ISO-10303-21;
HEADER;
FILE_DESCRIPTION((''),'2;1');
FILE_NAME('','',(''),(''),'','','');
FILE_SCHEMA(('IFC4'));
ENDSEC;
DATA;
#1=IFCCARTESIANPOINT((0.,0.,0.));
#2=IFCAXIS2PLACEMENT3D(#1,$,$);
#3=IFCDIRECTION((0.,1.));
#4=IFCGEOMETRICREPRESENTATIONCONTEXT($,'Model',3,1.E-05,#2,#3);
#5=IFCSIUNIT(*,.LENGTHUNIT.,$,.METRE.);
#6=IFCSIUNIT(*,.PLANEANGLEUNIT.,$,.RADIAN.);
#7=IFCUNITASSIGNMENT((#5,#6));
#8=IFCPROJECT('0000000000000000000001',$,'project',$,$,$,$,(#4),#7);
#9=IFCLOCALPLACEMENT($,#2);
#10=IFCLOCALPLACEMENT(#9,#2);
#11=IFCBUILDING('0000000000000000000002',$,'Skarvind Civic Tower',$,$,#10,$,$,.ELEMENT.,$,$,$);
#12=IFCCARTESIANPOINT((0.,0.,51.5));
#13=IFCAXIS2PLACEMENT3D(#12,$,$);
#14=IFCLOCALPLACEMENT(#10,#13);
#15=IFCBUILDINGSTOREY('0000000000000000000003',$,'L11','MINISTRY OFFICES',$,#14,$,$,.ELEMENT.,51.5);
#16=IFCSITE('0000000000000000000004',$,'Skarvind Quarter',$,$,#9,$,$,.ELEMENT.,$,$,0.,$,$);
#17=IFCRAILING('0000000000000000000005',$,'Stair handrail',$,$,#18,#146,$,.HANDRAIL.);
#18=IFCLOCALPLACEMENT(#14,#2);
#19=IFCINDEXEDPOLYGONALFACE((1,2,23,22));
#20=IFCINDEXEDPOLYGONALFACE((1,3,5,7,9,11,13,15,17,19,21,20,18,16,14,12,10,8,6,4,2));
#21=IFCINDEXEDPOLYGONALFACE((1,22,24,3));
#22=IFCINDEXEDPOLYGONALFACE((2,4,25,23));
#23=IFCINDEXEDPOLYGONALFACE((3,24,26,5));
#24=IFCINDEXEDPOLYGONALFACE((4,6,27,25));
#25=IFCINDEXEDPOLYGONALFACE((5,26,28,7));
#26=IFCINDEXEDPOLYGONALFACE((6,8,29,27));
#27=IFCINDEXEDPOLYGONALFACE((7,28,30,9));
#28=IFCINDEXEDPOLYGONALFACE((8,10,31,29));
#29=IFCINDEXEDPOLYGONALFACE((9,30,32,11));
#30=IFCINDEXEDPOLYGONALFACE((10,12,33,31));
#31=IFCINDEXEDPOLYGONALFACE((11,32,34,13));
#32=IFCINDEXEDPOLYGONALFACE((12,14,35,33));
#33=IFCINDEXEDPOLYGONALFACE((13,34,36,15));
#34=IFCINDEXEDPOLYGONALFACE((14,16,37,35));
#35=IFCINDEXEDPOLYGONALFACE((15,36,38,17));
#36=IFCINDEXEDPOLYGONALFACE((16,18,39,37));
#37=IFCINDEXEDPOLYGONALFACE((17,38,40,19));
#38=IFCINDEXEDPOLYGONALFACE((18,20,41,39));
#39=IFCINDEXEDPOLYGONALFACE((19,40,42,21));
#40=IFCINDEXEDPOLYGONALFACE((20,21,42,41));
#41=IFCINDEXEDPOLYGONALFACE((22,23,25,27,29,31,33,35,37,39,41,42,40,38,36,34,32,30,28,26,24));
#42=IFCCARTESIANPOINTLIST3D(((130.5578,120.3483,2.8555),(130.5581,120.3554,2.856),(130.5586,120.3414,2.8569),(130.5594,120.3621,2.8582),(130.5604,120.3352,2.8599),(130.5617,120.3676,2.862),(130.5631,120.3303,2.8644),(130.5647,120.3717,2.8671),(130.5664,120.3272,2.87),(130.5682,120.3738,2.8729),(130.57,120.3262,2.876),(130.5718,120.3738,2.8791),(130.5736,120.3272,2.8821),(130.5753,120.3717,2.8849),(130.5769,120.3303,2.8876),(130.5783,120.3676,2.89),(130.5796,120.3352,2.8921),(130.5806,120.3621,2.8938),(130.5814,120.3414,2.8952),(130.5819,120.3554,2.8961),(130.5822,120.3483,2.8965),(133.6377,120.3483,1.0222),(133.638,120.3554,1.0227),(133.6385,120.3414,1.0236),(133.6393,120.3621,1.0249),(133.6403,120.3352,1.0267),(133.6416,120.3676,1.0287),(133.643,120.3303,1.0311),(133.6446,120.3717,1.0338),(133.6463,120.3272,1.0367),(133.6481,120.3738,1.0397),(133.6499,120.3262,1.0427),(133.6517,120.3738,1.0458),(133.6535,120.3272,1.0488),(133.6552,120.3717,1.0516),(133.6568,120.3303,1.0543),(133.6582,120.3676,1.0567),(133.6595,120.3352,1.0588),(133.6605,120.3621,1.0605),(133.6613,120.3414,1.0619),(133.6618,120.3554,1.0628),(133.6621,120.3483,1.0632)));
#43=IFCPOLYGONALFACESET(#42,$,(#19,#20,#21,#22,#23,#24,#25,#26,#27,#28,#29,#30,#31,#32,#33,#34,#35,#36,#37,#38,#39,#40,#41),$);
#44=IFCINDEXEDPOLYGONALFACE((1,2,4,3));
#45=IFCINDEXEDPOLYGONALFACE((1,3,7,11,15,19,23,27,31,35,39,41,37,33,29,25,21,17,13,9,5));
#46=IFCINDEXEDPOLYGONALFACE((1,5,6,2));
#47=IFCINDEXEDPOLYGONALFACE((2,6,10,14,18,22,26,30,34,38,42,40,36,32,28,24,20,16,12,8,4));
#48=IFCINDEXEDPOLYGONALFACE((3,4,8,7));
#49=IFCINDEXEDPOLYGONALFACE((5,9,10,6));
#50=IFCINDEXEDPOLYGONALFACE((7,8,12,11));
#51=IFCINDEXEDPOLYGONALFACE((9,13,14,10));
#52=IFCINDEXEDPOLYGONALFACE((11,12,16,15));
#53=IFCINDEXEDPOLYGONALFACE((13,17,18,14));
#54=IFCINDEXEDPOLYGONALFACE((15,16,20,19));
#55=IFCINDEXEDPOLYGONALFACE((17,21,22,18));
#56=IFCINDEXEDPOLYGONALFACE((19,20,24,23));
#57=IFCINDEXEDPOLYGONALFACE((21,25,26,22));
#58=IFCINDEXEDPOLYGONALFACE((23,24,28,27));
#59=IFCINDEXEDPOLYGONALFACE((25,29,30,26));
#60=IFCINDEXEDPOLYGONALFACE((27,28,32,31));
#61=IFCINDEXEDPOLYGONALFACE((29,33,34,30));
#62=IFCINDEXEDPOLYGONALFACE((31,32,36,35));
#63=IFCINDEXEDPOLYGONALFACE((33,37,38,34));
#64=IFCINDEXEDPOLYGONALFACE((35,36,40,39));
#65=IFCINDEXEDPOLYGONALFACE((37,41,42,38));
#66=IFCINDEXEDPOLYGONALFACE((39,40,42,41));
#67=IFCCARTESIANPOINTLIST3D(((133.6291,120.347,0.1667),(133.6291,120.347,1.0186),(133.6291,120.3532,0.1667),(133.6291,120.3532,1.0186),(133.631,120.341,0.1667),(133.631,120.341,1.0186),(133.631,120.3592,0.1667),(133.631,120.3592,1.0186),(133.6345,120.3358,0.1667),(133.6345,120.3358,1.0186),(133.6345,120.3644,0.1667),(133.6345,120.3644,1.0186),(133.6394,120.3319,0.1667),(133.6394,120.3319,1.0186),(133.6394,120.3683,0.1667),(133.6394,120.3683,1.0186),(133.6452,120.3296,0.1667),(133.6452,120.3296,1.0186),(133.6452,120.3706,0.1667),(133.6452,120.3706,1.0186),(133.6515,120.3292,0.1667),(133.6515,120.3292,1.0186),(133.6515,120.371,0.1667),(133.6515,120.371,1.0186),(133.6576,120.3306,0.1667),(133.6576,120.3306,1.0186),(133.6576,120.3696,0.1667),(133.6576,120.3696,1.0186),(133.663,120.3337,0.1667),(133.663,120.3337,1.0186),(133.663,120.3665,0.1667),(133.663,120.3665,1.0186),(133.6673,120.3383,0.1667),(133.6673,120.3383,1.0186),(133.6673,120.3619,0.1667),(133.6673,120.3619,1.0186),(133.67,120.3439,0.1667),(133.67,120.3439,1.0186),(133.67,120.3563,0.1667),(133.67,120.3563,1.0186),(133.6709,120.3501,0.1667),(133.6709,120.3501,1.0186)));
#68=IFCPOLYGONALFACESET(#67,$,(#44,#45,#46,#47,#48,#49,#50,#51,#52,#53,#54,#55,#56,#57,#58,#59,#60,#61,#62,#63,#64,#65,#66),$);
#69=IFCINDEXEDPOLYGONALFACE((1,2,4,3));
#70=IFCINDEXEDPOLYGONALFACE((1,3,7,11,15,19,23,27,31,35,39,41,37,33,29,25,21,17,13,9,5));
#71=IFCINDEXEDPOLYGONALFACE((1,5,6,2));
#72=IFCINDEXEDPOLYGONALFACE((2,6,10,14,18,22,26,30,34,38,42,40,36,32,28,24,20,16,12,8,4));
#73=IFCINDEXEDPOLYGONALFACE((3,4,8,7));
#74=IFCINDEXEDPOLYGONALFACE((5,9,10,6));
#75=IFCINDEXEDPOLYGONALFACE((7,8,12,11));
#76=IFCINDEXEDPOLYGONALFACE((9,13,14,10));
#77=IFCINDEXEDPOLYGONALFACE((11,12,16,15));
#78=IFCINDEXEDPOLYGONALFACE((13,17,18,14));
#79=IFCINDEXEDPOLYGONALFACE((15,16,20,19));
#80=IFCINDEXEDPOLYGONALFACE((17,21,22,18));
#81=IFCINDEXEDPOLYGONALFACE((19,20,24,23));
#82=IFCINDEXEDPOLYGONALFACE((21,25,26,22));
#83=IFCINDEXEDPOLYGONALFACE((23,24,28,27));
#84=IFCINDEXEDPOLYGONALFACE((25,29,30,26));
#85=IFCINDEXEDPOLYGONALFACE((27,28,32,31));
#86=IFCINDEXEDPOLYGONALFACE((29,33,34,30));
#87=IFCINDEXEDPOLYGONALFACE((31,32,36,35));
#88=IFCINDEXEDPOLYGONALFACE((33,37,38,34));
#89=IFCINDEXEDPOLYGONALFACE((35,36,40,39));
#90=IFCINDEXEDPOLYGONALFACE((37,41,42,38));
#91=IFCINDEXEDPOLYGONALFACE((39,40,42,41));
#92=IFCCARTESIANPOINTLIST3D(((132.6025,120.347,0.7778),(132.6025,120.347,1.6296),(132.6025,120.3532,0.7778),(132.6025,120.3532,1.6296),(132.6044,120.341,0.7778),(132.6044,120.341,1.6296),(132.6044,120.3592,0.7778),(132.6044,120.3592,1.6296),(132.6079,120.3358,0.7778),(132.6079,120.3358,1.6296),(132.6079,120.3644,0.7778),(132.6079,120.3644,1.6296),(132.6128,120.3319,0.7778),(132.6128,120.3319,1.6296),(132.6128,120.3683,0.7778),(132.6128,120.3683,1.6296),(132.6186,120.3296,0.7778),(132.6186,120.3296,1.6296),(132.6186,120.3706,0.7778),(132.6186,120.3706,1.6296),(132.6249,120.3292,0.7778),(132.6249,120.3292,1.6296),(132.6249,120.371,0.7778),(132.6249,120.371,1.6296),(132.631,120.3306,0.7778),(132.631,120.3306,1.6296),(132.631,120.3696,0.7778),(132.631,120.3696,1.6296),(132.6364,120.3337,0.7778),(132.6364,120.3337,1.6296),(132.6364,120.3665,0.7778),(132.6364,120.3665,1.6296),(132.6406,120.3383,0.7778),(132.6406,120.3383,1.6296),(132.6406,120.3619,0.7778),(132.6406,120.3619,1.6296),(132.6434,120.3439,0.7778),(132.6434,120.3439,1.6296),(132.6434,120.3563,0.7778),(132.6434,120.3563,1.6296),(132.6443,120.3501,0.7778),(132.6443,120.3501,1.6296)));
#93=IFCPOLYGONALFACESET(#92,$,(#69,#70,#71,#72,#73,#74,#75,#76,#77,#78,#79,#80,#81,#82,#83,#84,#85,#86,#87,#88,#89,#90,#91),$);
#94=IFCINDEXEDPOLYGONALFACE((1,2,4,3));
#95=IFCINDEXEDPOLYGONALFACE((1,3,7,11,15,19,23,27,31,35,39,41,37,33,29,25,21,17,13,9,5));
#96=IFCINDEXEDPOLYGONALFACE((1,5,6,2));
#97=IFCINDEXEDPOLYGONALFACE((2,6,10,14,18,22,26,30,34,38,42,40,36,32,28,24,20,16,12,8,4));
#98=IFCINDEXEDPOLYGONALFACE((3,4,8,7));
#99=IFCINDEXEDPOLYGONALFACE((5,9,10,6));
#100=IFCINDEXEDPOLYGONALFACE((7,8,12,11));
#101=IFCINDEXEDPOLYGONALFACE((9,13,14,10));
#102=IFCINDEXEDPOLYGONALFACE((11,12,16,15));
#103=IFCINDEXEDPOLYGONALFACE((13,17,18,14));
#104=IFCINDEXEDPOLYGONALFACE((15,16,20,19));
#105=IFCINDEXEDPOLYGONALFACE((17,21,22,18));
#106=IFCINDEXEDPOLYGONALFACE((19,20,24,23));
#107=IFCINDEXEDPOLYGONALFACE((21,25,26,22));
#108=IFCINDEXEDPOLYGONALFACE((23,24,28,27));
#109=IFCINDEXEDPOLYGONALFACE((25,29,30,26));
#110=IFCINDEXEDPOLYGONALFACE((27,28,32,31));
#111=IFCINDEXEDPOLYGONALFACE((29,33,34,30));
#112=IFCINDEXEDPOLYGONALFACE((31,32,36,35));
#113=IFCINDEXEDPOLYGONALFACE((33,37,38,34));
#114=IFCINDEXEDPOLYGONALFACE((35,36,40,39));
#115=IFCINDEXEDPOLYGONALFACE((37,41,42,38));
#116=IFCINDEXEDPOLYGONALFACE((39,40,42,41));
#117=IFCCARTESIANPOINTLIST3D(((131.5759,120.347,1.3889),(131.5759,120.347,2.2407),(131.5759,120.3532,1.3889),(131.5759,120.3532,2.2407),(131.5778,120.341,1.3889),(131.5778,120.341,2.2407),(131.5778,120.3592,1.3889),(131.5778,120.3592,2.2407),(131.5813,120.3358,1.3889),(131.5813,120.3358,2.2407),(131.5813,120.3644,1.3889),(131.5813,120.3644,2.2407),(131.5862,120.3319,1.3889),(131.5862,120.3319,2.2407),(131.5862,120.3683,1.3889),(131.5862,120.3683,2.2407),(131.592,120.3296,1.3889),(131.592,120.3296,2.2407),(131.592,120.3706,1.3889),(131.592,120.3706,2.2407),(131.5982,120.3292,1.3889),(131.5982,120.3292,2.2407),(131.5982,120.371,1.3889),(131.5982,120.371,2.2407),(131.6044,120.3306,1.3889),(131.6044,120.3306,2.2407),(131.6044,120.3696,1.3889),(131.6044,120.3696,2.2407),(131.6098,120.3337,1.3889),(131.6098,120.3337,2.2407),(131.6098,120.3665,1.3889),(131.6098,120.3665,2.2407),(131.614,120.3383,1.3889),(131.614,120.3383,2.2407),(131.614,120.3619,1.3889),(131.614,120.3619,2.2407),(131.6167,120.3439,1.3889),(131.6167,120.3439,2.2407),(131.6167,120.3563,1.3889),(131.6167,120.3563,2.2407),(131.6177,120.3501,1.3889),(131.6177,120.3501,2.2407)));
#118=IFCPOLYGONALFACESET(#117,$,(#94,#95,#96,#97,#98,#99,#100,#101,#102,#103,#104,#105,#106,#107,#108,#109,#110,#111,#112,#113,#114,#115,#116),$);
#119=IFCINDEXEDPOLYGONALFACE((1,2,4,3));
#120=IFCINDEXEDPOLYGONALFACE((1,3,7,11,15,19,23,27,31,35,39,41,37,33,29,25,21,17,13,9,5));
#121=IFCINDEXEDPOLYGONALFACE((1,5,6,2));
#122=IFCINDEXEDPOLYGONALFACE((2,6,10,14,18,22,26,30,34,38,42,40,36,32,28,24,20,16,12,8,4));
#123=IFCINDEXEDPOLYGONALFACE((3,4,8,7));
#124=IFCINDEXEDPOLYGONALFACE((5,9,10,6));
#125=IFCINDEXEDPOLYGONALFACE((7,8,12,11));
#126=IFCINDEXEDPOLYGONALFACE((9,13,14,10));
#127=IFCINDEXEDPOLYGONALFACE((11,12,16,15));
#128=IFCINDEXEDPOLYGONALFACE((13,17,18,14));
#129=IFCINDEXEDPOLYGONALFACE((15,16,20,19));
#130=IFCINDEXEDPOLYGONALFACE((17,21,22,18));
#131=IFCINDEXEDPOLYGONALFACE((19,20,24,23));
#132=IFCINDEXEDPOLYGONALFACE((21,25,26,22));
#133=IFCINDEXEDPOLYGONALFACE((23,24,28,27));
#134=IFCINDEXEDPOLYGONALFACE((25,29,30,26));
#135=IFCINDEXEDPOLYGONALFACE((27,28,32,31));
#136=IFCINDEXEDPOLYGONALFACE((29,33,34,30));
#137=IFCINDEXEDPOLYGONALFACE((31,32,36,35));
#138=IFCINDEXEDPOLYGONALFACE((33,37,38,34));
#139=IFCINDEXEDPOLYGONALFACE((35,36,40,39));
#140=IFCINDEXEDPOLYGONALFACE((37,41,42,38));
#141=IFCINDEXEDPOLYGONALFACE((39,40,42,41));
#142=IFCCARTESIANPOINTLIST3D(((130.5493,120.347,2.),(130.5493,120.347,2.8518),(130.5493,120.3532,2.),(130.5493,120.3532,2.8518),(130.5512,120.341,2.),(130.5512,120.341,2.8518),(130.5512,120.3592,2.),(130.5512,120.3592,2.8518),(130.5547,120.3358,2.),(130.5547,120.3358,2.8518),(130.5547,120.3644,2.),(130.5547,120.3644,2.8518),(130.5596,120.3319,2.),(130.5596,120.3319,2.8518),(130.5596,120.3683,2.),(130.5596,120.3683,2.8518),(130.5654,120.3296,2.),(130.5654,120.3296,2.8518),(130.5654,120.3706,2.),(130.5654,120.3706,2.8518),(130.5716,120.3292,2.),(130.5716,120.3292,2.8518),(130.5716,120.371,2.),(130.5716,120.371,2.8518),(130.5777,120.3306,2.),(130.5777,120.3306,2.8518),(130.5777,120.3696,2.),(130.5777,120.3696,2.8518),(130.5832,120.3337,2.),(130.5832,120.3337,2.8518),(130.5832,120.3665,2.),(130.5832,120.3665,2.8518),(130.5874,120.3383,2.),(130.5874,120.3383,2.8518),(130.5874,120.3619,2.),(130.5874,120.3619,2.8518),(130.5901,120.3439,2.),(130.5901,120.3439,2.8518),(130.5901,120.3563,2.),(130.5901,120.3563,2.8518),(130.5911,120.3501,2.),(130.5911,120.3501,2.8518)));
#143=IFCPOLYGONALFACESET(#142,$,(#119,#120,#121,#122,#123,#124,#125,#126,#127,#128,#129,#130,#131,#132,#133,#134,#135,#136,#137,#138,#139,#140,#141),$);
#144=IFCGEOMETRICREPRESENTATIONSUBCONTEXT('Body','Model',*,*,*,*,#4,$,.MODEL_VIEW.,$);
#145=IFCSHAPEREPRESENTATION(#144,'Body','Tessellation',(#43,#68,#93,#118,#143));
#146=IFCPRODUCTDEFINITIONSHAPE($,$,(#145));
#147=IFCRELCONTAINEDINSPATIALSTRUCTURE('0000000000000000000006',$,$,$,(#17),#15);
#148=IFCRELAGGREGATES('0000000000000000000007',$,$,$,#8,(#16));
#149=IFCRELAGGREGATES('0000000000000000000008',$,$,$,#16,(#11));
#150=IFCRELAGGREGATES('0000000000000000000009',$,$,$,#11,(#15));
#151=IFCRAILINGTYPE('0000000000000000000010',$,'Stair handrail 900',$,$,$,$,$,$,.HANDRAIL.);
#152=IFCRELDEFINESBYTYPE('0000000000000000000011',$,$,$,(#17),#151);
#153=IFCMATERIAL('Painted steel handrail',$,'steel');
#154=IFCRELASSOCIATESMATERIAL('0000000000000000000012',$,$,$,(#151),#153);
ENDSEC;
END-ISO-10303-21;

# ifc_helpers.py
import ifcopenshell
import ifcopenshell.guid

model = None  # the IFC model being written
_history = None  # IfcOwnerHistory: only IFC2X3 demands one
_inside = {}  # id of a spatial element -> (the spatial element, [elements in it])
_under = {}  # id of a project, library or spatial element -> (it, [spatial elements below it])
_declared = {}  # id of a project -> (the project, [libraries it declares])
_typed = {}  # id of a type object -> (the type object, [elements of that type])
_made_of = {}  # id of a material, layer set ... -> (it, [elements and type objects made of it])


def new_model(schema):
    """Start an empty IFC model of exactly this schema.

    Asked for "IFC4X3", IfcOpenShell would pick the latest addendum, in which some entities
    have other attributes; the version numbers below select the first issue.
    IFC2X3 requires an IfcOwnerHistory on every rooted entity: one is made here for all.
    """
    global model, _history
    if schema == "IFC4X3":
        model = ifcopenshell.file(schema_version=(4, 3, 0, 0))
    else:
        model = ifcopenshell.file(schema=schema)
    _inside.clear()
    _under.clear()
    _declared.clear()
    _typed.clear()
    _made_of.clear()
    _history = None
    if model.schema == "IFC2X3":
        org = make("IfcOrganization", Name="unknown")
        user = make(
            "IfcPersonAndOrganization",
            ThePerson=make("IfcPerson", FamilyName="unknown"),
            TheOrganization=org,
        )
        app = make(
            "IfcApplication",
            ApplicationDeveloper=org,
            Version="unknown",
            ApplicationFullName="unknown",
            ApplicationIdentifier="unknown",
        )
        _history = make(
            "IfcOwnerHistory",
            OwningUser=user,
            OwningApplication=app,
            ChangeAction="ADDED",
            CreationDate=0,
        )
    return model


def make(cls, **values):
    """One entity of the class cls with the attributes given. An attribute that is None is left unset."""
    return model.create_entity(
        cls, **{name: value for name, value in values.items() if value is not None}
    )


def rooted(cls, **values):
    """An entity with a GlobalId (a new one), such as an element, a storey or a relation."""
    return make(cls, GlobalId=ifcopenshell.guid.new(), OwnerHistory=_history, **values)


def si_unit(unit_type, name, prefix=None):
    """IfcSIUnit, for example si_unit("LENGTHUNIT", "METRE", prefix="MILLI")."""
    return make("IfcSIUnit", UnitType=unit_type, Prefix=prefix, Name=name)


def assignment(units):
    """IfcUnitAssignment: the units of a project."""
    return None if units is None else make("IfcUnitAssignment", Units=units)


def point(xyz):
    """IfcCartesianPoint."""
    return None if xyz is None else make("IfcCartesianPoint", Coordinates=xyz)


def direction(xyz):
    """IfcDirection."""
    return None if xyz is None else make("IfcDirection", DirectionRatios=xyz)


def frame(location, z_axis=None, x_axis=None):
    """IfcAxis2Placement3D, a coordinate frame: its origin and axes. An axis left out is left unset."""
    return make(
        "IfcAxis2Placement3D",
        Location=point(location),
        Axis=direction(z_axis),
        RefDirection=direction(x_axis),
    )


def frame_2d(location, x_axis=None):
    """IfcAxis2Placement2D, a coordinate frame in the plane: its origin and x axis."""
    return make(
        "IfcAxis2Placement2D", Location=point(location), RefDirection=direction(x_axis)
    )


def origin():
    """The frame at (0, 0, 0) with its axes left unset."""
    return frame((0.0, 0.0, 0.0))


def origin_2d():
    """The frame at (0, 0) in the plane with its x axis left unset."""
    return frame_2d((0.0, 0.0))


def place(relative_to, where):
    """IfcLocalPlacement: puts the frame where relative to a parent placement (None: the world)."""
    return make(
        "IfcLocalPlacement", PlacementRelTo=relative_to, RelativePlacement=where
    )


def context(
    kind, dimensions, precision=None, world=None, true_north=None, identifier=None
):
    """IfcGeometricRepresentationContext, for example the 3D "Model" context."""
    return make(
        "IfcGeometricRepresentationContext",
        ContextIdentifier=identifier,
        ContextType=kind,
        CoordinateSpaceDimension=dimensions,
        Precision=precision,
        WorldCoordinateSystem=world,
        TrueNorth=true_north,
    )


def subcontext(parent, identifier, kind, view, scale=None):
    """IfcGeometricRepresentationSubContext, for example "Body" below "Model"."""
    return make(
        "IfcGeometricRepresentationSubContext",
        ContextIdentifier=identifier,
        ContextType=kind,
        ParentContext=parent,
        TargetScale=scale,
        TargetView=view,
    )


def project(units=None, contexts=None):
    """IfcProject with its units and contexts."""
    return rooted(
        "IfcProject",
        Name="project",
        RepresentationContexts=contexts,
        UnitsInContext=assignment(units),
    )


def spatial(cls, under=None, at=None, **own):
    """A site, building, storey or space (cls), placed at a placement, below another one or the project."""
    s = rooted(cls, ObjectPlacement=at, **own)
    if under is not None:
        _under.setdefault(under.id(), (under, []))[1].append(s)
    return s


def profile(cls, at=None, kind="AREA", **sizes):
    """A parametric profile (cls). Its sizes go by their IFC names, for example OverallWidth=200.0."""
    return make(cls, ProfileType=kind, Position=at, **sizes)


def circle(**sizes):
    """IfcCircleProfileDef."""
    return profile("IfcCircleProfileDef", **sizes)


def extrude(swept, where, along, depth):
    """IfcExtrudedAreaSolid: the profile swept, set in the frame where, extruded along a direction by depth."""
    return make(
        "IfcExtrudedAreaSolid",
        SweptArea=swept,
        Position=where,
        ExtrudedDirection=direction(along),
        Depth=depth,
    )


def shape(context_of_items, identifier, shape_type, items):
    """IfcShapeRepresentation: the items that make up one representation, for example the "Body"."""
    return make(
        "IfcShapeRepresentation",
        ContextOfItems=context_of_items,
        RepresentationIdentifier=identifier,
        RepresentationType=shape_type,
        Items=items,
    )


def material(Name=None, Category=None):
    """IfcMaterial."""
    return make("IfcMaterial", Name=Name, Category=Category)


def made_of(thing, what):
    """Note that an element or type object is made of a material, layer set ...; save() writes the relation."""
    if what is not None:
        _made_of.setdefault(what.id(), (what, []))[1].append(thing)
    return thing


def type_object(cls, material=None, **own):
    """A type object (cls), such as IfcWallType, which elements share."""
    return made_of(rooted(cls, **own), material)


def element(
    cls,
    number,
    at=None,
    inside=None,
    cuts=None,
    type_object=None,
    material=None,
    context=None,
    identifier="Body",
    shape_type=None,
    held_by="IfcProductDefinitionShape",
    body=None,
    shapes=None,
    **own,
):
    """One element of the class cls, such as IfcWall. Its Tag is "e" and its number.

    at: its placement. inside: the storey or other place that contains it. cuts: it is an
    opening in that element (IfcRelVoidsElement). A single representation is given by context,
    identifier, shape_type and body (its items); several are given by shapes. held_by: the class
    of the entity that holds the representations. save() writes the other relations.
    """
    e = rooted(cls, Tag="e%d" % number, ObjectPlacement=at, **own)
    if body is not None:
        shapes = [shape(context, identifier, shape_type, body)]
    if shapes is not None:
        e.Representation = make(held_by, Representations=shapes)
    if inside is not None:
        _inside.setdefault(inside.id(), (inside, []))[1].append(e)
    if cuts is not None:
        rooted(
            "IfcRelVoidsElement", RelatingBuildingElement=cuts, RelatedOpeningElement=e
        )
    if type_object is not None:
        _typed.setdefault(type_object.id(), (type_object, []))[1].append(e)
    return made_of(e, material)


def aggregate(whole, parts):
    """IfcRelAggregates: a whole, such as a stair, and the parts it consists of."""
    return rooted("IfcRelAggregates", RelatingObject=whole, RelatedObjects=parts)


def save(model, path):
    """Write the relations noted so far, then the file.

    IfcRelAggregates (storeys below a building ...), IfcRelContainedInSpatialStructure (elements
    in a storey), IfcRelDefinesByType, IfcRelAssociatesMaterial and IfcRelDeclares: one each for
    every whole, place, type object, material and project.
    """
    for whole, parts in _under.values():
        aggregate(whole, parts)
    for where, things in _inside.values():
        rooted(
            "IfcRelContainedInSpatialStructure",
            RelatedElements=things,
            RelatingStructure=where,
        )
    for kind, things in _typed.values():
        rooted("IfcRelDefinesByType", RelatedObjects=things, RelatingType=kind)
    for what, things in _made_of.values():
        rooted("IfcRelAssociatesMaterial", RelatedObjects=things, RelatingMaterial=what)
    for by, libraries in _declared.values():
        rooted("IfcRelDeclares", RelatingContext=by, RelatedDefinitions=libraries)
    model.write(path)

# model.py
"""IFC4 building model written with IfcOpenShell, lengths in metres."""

from ifc_helpers import new_model, si_unit, direction, frame, origin, origin_2d, place, context, subcontext, project, spatial, circle, extrude, material, type_object, element, save


model = new_model("IFC4")

# Units and contexts
model_context = context("Model", 3, precision=1e-05, world=origin(), true_north=direction((0.0, 1.0)))
body_context = subcontext(model_context, "Body", "Model", "MODEL_VIEW")
ifc_project = project(units=[si_unit("LENGTHUNIT", "METRE"), si_unit("PLANEANGLEUNIT", "RADIAN")], contexts=[model_context])

# Site, building, storey
site_placement = place(None, origin())
site = spatial("IfcSite", under=ifc_project, at=site_placement, Name="Skarvind Quarter", CompositionType="ELEMENT", RefElevation=0.0)
building_placement = place(site_placement, origin())
building = spatial("IfcBuilding", under=site, at=building_placement, Name="Skarvind Civic Tower", CompositionType="ELEMENT")
storey_placement = place(building_placement, frame((0.0, 0.0, 51.5)))
storey = spatial("IfcBuildingStorey", under=building, at=storey_placement, Name="L11", Description="MINISTRY OFFICES", CompositionType="ELEMENT", Elevation=51.5)

# Railing
ifc_material_1 = material(Name="Painted steel handrail", Category="steel")
railing_type = type_object("IfcRailingType", Name="Stair handrail 900", PredefinedType="HANDRAIL", material=ifc_material_1)
railing_1_placement = place(storey_placement, frame((133.6499, 120.3501, 0.1667)))
element("IfcRailing", 1, at=railing_1_placement, inside=storey, type_object=railing_type, Name="Stair handrail", PredefinedType="HANDRAIL", context=body_context, shape_type="SweptSolid", body=[
    extrude(circle(Radius=0.0239, at=origin_2d()), frame((0.0, 0.0, 0.876), z_axis=(-0.859291, 0.0, 0.511487), x_axis=(0.0, -1.0, 0.0)), (0.0, 0.0, 1.0), 3.5842),
    extrude(circle(Radius=0.021, at=origin_2d()), origin(), (0.0, 0.0, 1.0), 0.8518),
    extrude(circle(Radius=0.021, at=origin_2d()), frame((-1.0266, 0.0, 0.6111)), (0.0, 0.0, 1.0), 0.8518),
    extrude(circle(Radius=0.021, at=origin_2d()), frame((-2.0532, 0.0, 1.2222)), (0.0, 0.0, 1.0), 0.8518),
    extrude(circle(Radius=0.021, at=origin_2d()), frame((-3.0798, 0.0, 1.8333)), (0.0, 0.0, 1.0), 0.8518),
])

save(model, "model.ifc")
